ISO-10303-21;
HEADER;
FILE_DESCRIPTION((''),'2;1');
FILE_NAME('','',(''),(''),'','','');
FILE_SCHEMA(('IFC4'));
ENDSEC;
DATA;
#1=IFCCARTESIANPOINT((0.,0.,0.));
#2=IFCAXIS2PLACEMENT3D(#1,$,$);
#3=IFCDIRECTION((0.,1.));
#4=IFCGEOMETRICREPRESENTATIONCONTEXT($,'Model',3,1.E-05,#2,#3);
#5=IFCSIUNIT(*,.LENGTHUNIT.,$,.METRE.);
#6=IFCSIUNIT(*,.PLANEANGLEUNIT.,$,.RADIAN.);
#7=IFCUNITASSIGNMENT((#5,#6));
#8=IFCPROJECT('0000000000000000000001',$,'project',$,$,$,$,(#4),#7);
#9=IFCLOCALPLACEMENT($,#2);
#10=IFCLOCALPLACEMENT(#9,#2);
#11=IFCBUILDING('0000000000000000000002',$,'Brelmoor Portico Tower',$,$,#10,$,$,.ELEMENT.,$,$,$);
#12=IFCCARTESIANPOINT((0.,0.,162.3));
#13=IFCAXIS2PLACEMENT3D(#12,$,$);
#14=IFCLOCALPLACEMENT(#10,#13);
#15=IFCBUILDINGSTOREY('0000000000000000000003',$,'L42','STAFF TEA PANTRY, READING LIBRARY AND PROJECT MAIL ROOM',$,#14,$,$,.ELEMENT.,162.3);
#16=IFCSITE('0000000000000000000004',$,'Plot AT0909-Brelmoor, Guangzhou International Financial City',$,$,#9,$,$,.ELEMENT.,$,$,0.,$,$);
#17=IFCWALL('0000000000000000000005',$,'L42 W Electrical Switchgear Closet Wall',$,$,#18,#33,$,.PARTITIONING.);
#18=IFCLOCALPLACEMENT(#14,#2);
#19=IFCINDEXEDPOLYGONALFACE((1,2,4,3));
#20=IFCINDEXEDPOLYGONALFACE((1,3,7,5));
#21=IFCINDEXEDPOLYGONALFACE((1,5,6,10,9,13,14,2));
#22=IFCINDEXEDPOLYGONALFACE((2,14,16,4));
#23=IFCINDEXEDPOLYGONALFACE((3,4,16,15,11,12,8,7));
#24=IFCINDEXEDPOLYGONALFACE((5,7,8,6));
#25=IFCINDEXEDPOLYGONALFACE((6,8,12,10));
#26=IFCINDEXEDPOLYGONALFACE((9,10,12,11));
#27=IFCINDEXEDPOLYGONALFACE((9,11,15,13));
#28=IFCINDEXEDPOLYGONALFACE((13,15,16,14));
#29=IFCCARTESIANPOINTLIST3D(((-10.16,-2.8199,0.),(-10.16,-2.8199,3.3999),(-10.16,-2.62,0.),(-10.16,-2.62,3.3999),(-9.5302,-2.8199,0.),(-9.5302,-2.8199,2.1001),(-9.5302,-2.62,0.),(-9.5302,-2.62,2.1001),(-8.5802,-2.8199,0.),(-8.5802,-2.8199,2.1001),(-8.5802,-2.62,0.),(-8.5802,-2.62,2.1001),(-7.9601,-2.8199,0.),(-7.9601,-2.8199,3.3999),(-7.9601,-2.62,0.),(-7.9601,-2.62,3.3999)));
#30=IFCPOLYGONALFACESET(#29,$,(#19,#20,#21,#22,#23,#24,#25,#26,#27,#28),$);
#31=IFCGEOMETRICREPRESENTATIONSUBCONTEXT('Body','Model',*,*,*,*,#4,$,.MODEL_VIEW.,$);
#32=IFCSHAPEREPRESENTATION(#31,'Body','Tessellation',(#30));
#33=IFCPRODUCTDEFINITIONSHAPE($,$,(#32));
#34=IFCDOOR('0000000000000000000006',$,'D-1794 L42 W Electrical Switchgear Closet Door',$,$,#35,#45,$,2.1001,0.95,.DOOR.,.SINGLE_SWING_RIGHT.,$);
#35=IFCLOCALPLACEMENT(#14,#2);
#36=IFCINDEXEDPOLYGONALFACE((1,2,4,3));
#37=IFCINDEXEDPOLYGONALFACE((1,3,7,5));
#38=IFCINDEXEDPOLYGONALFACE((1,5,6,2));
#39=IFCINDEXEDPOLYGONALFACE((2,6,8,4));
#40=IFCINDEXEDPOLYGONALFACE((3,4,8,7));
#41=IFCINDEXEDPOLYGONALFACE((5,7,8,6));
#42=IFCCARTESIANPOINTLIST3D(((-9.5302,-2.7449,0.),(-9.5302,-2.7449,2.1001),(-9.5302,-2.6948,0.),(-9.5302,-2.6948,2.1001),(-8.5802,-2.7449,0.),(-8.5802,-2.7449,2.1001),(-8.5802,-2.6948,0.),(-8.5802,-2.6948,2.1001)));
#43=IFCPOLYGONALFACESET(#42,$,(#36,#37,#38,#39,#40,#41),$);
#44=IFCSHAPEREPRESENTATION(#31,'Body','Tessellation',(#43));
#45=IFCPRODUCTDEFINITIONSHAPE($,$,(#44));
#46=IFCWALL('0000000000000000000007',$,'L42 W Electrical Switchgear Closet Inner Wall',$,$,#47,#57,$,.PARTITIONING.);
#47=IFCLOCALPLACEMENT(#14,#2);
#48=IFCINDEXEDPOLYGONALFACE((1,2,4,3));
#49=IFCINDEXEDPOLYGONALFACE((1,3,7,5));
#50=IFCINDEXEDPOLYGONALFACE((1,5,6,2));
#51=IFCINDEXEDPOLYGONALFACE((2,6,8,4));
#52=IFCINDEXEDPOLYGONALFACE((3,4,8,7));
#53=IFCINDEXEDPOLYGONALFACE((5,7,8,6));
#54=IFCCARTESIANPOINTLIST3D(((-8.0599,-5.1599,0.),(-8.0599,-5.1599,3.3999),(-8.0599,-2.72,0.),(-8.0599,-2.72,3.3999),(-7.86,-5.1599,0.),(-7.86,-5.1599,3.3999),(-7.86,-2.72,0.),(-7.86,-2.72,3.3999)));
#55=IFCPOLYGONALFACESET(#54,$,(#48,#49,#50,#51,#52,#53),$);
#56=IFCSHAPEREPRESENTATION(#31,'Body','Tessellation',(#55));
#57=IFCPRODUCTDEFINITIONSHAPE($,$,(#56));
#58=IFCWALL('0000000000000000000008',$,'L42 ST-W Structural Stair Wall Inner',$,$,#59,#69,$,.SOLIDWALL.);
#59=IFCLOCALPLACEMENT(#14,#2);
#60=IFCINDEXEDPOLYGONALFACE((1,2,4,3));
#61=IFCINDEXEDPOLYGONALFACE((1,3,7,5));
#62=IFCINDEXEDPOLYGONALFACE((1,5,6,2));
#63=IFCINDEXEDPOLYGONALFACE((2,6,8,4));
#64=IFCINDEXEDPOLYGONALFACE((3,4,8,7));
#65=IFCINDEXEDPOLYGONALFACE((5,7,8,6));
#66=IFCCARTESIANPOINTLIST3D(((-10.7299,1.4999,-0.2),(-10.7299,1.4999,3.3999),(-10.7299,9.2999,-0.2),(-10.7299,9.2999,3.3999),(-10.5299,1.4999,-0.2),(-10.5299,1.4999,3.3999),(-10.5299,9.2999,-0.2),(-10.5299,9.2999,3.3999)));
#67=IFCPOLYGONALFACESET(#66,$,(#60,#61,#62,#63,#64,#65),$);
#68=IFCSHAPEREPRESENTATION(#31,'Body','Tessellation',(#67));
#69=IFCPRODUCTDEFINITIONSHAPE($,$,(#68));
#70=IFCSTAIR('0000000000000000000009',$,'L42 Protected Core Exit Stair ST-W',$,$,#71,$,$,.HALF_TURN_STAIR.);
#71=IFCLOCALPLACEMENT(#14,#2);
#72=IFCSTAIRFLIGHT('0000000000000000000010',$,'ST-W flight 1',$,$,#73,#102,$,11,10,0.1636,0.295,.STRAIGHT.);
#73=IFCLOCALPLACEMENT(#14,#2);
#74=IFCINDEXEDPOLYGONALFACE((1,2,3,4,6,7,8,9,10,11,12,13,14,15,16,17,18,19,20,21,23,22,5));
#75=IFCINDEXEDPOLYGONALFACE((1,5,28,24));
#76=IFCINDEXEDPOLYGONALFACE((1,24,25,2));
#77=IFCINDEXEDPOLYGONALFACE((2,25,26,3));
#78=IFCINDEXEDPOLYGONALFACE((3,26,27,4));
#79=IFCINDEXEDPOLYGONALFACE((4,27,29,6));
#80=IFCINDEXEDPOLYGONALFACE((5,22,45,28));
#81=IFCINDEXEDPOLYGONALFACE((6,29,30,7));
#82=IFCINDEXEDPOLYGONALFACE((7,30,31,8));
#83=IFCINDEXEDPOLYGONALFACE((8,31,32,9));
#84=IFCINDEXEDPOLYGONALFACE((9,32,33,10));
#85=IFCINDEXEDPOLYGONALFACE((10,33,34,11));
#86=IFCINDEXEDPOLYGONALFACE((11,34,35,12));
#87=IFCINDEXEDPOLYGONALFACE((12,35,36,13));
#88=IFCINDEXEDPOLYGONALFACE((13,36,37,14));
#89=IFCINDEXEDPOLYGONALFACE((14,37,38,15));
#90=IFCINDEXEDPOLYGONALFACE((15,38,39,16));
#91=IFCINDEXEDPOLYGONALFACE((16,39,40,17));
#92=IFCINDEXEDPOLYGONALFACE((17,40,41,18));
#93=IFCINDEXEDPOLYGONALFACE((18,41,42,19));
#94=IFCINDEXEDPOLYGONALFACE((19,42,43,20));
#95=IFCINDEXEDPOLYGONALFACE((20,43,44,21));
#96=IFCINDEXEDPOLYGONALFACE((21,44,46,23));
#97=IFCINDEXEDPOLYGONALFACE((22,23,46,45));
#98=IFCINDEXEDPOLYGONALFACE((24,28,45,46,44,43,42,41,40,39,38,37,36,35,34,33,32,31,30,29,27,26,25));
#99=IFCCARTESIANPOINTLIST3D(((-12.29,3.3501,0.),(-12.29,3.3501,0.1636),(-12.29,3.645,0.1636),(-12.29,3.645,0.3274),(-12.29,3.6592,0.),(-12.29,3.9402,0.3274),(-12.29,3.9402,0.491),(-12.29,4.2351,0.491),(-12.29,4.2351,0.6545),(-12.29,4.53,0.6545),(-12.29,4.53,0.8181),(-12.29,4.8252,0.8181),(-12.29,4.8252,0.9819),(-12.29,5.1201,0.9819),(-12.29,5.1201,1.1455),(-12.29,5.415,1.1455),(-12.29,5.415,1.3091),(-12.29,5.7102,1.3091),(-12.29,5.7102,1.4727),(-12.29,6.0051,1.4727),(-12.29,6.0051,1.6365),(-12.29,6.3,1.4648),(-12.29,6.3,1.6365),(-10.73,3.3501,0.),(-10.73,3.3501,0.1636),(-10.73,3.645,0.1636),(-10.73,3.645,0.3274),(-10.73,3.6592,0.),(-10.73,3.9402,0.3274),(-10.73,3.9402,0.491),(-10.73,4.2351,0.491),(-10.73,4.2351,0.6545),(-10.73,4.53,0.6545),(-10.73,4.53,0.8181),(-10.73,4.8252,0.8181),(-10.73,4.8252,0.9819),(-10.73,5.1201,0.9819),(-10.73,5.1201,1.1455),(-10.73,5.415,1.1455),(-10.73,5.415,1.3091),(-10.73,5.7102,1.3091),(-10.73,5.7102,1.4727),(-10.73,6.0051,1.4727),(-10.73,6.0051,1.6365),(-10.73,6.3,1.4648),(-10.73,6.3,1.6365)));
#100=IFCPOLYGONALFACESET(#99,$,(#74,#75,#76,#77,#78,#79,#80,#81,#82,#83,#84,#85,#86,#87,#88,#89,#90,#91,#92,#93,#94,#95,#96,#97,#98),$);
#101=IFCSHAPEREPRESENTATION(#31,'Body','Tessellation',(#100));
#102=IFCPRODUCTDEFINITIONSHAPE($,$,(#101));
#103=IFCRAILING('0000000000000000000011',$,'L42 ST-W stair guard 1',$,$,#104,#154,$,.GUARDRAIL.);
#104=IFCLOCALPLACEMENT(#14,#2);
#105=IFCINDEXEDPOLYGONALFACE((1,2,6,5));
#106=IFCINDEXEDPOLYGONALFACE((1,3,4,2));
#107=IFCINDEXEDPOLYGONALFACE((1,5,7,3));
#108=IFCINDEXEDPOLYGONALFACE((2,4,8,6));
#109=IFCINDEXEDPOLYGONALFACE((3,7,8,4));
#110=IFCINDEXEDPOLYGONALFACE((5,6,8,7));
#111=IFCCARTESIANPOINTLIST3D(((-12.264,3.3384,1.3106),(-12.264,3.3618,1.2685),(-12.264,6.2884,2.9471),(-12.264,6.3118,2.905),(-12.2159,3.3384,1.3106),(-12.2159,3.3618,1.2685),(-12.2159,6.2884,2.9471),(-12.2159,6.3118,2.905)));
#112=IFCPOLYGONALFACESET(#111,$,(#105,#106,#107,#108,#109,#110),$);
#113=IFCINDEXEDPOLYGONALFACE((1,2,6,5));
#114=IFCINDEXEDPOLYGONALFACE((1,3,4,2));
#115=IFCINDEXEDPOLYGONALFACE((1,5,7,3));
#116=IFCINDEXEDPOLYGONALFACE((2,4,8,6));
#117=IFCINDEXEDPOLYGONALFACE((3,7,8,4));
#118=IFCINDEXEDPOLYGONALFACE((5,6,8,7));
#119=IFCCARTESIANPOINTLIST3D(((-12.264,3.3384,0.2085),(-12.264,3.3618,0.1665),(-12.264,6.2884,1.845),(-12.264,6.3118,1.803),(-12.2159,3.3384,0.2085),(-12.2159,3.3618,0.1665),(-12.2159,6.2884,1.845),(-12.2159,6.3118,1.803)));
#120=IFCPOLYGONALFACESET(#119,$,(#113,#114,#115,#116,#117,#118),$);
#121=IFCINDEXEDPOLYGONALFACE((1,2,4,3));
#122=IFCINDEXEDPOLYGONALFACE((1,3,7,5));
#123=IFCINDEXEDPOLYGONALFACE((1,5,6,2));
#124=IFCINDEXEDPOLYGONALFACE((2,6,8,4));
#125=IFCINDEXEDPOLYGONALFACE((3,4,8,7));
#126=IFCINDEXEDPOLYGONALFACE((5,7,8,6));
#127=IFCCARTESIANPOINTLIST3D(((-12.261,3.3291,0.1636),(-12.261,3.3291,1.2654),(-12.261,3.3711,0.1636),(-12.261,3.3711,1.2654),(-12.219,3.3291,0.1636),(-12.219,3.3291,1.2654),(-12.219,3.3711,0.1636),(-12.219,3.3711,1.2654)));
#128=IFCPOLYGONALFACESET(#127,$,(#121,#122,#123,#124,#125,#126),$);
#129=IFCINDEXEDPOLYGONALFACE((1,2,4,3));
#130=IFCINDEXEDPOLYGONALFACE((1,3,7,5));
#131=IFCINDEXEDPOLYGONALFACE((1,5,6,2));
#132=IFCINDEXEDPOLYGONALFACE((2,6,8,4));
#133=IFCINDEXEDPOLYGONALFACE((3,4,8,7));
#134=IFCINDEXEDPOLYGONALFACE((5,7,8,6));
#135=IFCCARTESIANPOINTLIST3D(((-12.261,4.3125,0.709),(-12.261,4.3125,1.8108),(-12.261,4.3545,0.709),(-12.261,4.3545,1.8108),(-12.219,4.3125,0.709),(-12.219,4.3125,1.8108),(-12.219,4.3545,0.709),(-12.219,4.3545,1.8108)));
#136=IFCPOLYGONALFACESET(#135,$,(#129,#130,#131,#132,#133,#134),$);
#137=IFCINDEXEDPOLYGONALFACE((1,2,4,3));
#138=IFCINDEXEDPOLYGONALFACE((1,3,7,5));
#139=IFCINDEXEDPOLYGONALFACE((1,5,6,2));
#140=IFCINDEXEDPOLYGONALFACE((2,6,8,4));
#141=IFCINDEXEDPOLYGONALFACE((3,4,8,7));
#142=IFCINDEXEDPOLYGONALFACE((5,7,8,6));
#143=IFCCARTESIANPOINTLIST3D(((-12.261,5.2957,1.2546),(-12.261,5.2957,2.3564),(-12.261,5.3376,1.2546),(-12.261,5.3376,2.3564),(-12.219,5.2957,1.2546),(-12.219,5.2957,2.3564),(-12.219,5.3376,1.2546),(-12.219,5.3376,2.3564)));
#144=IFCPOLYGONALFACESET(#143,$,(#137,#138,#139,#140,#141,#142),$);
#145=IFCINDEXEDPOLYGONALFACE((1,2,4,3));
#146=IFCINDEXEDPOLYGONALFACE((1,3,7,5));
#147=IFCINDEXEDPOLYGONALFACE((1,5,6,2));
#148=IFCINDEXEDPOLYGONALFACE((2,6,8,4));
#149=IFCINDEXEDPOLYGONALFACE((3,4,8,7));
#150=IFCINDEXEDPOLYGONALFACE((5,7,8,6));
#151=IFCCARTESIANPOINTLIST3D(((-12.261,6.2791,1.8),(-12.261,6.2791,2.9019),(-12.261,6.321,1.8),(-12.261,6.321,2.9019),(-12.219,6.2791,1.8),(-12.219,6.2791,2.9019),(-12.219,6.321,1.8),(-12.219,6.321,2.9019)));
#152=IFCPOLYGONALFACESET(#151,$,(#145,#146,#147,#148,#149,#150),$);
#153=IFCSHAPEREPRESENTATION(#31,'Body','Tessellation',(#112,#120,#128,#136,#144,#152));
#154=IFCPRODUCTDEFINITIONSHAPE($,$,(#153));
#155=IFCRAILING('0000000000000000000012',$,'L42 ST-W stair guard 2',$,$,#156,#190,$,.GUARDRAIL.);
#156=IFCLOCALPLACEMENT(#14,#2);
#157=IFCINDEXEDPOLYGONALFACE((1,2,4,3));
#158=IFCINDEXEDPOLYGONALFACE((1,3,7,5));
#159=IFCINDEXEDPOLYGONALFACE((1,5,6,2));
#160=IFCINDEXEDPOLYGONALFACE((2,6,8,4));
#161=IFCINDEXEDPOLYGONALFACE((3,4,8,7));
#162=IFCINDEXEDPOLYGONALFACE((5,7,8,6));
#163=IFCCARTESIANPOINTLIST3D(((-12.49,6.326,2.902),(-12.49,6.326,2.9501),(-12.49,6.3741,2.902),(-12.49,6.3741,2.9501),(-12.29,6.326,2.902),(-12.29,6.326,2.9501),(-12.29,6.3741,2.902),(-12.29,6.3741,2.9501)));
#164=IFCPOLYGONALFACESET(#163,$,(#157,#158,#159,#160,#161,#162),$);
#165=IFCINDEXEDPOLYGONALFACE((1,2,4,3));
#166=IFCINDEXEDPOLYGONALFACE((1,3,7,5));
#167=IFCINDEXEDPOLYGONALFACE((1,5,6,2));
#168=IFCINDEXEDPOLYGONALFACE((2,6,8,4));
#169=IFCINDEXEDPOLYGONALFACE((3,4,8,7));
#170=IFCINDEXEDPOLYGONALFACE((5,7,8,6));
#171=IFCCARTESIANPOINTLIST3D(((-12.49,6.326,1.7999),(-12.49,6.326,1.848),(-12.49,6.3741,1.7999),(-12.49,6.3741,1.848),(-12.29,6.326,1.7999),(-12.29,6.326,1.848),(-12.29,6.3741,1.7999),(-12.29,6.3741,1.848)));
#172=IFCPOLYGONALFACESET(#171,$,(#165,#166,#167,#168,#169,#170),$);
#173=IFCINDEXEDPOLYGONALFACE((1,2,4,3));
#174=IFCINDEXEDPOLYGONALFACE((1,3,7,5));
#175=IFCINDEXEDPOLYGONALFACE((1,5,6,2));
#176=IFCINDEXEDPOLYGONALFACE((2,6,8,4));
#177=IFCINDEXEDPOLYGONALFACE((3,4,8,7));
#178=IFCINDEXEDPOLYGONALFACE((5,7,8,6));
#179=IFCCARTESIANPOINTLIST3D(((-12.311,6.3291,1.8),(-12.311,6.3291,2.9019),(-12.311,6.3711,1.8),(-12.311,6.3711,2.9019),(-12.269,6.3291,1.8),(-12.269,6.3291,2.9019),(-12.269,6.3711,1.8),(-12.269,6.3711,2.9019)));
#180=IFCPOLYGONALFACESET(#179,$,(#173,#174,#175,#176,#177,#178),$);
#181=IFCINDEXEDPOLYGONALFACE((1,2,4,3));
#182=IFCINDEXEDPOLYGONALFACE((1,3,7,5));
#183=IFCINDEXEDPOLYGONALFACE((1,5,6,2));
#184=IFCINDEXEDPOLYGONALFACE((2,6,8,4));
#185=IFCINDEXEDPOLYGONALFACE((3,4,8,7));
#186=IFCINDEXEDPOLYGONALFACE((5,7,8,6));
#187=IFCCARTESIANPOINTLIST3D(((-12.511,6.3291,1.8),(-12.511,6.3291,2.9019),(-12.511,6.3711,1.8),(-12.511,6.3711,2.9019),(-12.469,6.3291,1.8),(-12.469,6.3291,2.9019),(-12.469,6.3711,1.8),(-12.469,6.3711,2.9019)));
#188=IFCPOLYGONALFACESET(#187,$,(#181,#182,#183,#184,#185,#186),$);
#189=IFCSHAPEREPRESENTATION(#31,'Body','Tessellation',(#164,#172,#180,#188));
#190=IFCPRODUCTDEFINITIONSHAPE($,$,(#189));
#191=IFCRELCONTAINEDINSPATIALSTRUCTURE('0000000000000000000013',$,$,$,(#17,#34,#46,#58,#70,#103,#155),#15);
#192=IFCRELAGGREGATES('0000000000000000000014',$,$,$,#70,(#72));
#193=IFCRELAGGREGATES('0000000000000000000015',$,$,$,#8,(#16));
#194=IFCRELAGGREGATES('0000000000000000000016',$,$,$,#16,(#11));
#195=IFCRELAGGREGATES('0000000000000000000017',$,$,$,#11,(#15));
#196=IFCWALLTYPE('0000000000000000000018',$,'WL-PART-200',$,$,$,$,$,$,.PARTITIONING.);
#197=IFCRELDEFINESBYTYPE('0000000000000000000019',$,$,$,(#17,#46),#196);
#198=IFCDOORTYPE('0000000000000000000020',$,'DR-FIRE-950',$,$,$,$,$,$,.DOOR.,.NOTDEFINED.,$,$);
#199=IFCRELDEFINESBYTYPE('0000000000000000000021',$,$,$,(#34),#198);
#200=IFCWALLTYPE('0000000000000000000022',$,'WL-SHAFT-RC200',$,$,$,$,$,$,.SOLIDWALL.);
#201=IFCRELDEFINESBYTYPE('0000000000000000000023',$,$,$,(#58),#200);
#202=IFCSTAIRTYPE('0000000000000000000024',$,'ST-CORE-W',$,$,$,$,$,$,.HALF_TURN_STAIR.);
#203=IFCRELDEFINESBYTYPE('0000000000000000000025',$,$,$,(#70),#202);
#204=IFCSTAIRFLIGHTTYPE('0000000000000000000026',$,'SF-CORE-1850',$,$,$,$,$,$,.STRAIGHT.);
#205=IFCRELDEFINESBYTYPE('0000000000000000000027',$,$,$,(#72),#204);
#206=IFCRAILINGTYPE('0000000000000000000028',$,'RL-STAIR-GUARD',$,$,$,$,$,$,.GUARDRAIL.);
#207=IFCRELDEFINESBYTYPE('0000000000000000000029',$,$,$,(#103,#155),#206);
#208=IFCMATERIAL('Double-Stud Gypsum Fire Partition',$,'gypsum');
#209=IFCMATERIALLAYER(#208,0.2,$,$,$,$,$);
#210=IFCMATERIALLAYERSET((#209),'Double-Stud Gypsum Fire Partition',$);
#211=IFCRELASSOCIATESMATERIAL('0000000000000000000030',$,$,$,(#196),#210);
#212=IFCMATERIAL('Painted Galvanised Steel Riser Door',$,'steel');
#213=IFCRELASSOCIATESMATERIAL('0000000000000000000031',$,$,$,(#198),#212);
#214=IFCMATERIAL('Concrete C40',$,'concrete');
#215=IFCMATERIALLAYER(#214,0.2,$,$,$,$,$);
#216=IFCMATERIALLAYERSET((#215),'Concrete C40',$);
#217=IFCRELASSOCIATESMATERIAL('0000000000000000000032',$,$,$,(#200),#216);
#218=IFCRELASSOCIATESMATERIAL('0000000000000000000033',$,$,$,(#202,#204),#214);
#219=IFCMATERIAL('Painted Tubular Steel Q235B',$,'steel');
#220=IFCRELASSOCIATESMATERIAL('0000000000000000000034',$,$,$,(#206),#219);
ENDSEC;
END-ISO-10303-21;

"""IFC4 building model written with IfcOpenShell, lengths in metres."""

from ifc_helpers import new_model, si_unit, direction, frame, frame_2d, origin, origin_2d, place, context, subcontext, project, spatial, polyline, rectangle, outline, extrude, material, layer, layer_set, type_object, element, fill, aggregate, save


model = new_model("IFC4")

# Units and contexts
model_context = context("Model", 3, precision=1e-05, world=origin(), true_north=direction((0.0, 1.0)))
body_context = subcontext(model_context, "Body", "Model", "MODEL_VIEW")
ifc_project = project(units=[si_unit("LENGTHUNIT", "METRE"), si_unit("PLANEANGLEUNIT", "RADIAN")], contexts=[model_context])

# Site, building, storey
site_placement = place(None, origin())
site = spatial("IfcSite", under=ifc_project, at=site_placement, Name="Plot AT0909-Brelmoor, Guangzhou International Financial City", CompositionType="ELEMENT", RefElevation=0.0)
building_placement = place(site_placement, origin())
building = spatial("IfcBuilding", under=site, at=building_placement, Name="Brelmoor Portico Tower", CompositionType="ELEMENT")
storey_placement = place(building_placement, frame((0.0, 0.0, 162.3)))
storey = spatial("IfcBuildingStorey", under=building, at=storey_placement, Name="L42", Description="STAFF TEA PANTRY, READING LIBRARY AND PROJECT MAIL ROOM", CompositionType="ELEMENT", Elevation=162.3)

# Shared definitions
ifc_material_1 = material(Name="Concrete C40", Category="concrete")

# Wall, opening, door
ifc_material_2 = material(Name="Double-Stud Gypsum Fire Partition", Category="gypsum")
ifc_layer_1 = layer(ifc_material_2, 0.2)
ifc_layer_set_1 = layer_set([ifc_layer_1], Name="Double-Stud Gypsum Fire Partition")
wall_type_1 = type_object("IfcWallType", Name="WL-PART-200", PredefinedType="PARTITIONING", material=ifc_layer_set_1)
wall_1_placement = place(storey_placement, frame((-7.96, -2.72, 0.0), z_axis=(0.0, 0.0, 1.0), x_axis=(-1.0, 0.0, 0.0)))
wall_1 = element("IfcWall", 1, at=wall_1_placement, inside=storey, type_object=wall_type_1, Name="L42 W Electrical Switchgear Closet Wall", PredefinedType="PARTITIONING", context=body_context, shape_type="SweptSolid", body=[
    extrude(rectangle(XDim=2.2, YDim=0.2, at=frame_2d((1.1001, 0.0))), origin(), (0.0, 0.0, 1.0), 3.3999),
])
opening_1_placement = place(wall_1_placement, frame((0.6201, 0.0, 0.0)))
opening_1 = element("IfcOpeningElement", 2, at=opening_1_placement, cuts=wall_1, PredefinedType="OPENING", context=body_context, shape_type="SweptSolid", body=[
    extrude(rectangle(XDim=0.95, YDim=2.1001, at=frame_2d((0.4751, 1.05))), frame((0.0, 0.1099, 0.0), z_axis=(0.0, -1.0, 0.0), x_axis=(1.0, 0.0, 0.0)), (0.0, 0.0, 1.0), 0.22),
])
ifc_material_3 = material(Name="Painted Galvanised Steel Riser Door", Category="steel")
door_type_1 = type_object("IfcDoorType", Name="DR-FIRE-950", OperationType="NOTDEFINED", PredefinedType="DOOR", material=ifc_material_3)
door_1_placement = place(opening_1_placement, origin())
door_1 = element("IfcDoor", 3, at=door_1_placement, inside=storey, type_object=door_type_1, Name="D-1794 L42 W Electrical Switchgear Closet Door", OperationType="SINGLE_SWING_RIGHT", OverallHeight=2.1001, OverallWidth=0.95, PredefinedType="DOOR", context=body_context, shape_type="SweptSolid", body=[
    extrude(rectangle(XDim=0.95, YDim=2.1001, at=frame_2d((0.4751, 1.05))), frame((0.0, 0.0249, 0.0), z_axis=(0.0, -1.0, 0.0), x_axis=(1.0, 0.0, 0.0)), (0.0, 0.0, 1.0), 0.05),
])
fill(opening_1, door_1)

# Walls
wall_2_placement = place(storey_placement, frame((-7.96, -5.1599, 0.0), z_axis=(0.0, 0.0, 1.0), x_axis=(0.0, 1.0, 0.0)))
element("IfcWall", 4, at=wall_2_placement, inside=storey, type_object=wall_type_1, Name="L42 W Electrical Switchgear Closet Inner Wall", PredefinedType="PARTITIONING", context=body_context, shape_type="SweptSolid", body=[
    extrude(rectangle(XDim=2.4399, YDim=0.2, at=frame_2d((1.22, 0.0))), origin(), (0.0, 0.0, 1.0), 3.3999),
])
ifc_layer_2 = layer(ifc_material_1, 0.2)
ifc_layer_set_2 = layer_set([ifc_layer_2], Name="Concrete C40")
wall_type_2 = type_object("IfcWallType", Name="WL-SHAFT-RC200", PredefinedType="SOLIDWALL", material=ifc_layer_set_2)
wall_3_placement = place(storey_placement, frame((-10.6299, 1.5, -0.2), z_axis=(0.0, 0.0, 1.0), x_axis=(0.0, 1.0, 0.0)))
element("IfcWall", 5, at=wall_3_placement, inside=storey, type_object=wall_type_2, Name="L42 ST-W Structural Stair Wall Inner", PredefinedType="SOLIDWALL", context=body_context, shape_type="SweptSolid", body=[
    extrude(rectangle(XDim=7.8, YDim=0.2, at=frame_2d((3.8999, 0.0))), origin(), (0.0, 0.0, 1.0), 3.5999),
])

# Stair, stair flight
stair_type = type_object("IfcStairType", Name="ST-CORE-W", PredefinedType="HALF_TURN_STAIR", material=ifc_material_1)
stair_placement = place(storey_placement, origin())
stair = element("IfcStair", 6, at=stair_placement, inside=storey, type_object=stair_type, Name="L42 Protected Core Exit Stair ST-W", PredefinedType="HALF_TURN_STAIR")
stair_flight_type = type_object("IfcStairFlightType", Name="SF-CORE-1850", PredefinedType="STRAIGHT", material=ifc_material_1)
stair_flight_placement = place(storey_placement, frame((-11.51, 3.3501, 0.0), z_axis=(0.0, 0.0, 1.0), x_axis=(0.0, 1.0, 0.0)))
stair_flight = element("IfcStairFlight", 7, at=stair_flight_placement, type_object=stair_flight_type, Name="ST-W flight 1", NumberOfRisers=11, NumberOfTreads=10, PredefinedType="STRAIGHT", RiserHeight=0.1636, TreadLength=0.295, context=body_context, shape_type="SweptSolid", body=[
    extrude(outline(polyline([(0.0, 0.0), (0.0, 0.1636), (0.2949, 0.1636), (0.2949, 0.3274), (0.5901, 0.3274), (0.5901, 0.491), (0.885, 0.491), (0.885, 0.6545), (1.1799, 0.6545), (1.1799, 0.8181), (1.4751, 0.8181), (1.4751, 0.9819), (1.77, 0.9819), (1.77, 1.1455), (2.0649, 1.1455), (2.0649, 1.3091), (2.3601, 1.3091), (2.3601, 1.4727), (2.655, 1.4727), (2.655, 1.6365), (2.95, 1.6365), (2.95, 1.8), (2.95, 1.4648), (0.3091, 0.0), (0.0, 0.0)])), frame((0.0, 0.78, 0.0), z_axis=(0.0, -1.0, 0.0), x_axis=(1.0, 0.0, 0.0)), (0.0, 0.0, 1.0), 1.5601),
])
aggregate(stair, [stair_flight])

# Railings
ifc_material_4 = material(Name="Painted Tubular Steel Q235B", Category="steel")
railing_type_1 = type_object("IfcRailingType", Name="RL-STAIR-GUARD", PredefinedType="GUARDRAIL", material=ifc_material_4)
railing_1_placement = place(storey_placement, frame((-12.24, 3.3501, 0.1636)))
element("IfcRailing", 8, at=railing_1_placement, inside=storey, type_object=railing_type_1, Name="L42 ST-W stair guard 1", PredefinedType="GUARDRAIL", context=body_context, shape_type="SweptSolid", body=[
    extrude(rectangle(XDim=0.0481, YDim=0.0481, at=origin_2d()), frame((0.0, 0.0, 1.126), z_axis=(0.0, 0.874458, 0.485102), x_axis=(-1.0, 0.0, 0.0)), (0.0, 0.0, 1.0), 3.3735),
    extrude(rectangle(XDim=0.0481, YDim=0.0481, at=origin_2d()), frame((0.0, 0.0, 0.0239), z_axis=(0.0, 0.874458, 0.485102), x_axis=(-1.0, 0.0, 0.0)), (0.0, 0.0, 1.0), 3.3735),
    extrude(rectangle(XDim=0.042, YDim=0.042, at=origin_2d()), origin(), (0.0, 0.0, 1.0), 1.1018),
    extrude(rectangle(XDim=0.042, YDim=0.042, at=origin_2d()), frame((0.0, 0.9834, 0.5454)), (0.0, 0.0, 1.0), 1.1018),
    extrude(rectangle(XDim=0.042, YDim=0.042, at=origin_2d()), frame((0.0, 1.9666, 1.0911)), (0.0, 0.0, 1.0), 1.1018),
    extrude(rectangle(XDim=0.042, YDim=0.042, at=origin_2d()), frame((0.0, 2.95, 1.6365)), (0.0, 0.0, 1.0), 1.1018),
])
railing_2_placement = place(storey_placement, frame((-12.29, 6.3501, 1.8)))
element("IfcRailing", 9, at=railing_2_placement, inside=storey, type_object=railing_type_1, Name="L42 ST-W stair guard 2", PredefinedType="GUARDRAIL", context=body_context, shape_type="SweptSolid", body=[
    extrude(rectangle(XDim=0.0481, YDim=0.0481, at=origin_2d()), frame((0.0, 0.0, 1.126), z_axis=(-1.0, 0.0, 0.0), x_axis=(0.0, -1.0, 0.0)), (0.0, 0.0, 1.0), 0.2),
    extrude(rectangle(XDim=0.0481, YDim=0.0481, at=origin_2d()), frame((0.0, 0.0, 0.0239), z_axis=(-1.0, 0.0, 0.0), x_axis=(0.0, -1.0, 0.0)), (0.0, 0.0, 1.0), 0.2),
    extrude(rectangle(XDim=0.042, YDim=0.042, at=origin_2d()), origin(), (0.0, 0.0, 1.0), 1.1018),
    extrude(rectangle(XDim=0.042, YDim=0.042, at=origin_2d()), frame((-0.2, 0.0, 0.0)), (0.0, 0.0, 1.0), 1.1018),
])

save(model, "model.ifc")
